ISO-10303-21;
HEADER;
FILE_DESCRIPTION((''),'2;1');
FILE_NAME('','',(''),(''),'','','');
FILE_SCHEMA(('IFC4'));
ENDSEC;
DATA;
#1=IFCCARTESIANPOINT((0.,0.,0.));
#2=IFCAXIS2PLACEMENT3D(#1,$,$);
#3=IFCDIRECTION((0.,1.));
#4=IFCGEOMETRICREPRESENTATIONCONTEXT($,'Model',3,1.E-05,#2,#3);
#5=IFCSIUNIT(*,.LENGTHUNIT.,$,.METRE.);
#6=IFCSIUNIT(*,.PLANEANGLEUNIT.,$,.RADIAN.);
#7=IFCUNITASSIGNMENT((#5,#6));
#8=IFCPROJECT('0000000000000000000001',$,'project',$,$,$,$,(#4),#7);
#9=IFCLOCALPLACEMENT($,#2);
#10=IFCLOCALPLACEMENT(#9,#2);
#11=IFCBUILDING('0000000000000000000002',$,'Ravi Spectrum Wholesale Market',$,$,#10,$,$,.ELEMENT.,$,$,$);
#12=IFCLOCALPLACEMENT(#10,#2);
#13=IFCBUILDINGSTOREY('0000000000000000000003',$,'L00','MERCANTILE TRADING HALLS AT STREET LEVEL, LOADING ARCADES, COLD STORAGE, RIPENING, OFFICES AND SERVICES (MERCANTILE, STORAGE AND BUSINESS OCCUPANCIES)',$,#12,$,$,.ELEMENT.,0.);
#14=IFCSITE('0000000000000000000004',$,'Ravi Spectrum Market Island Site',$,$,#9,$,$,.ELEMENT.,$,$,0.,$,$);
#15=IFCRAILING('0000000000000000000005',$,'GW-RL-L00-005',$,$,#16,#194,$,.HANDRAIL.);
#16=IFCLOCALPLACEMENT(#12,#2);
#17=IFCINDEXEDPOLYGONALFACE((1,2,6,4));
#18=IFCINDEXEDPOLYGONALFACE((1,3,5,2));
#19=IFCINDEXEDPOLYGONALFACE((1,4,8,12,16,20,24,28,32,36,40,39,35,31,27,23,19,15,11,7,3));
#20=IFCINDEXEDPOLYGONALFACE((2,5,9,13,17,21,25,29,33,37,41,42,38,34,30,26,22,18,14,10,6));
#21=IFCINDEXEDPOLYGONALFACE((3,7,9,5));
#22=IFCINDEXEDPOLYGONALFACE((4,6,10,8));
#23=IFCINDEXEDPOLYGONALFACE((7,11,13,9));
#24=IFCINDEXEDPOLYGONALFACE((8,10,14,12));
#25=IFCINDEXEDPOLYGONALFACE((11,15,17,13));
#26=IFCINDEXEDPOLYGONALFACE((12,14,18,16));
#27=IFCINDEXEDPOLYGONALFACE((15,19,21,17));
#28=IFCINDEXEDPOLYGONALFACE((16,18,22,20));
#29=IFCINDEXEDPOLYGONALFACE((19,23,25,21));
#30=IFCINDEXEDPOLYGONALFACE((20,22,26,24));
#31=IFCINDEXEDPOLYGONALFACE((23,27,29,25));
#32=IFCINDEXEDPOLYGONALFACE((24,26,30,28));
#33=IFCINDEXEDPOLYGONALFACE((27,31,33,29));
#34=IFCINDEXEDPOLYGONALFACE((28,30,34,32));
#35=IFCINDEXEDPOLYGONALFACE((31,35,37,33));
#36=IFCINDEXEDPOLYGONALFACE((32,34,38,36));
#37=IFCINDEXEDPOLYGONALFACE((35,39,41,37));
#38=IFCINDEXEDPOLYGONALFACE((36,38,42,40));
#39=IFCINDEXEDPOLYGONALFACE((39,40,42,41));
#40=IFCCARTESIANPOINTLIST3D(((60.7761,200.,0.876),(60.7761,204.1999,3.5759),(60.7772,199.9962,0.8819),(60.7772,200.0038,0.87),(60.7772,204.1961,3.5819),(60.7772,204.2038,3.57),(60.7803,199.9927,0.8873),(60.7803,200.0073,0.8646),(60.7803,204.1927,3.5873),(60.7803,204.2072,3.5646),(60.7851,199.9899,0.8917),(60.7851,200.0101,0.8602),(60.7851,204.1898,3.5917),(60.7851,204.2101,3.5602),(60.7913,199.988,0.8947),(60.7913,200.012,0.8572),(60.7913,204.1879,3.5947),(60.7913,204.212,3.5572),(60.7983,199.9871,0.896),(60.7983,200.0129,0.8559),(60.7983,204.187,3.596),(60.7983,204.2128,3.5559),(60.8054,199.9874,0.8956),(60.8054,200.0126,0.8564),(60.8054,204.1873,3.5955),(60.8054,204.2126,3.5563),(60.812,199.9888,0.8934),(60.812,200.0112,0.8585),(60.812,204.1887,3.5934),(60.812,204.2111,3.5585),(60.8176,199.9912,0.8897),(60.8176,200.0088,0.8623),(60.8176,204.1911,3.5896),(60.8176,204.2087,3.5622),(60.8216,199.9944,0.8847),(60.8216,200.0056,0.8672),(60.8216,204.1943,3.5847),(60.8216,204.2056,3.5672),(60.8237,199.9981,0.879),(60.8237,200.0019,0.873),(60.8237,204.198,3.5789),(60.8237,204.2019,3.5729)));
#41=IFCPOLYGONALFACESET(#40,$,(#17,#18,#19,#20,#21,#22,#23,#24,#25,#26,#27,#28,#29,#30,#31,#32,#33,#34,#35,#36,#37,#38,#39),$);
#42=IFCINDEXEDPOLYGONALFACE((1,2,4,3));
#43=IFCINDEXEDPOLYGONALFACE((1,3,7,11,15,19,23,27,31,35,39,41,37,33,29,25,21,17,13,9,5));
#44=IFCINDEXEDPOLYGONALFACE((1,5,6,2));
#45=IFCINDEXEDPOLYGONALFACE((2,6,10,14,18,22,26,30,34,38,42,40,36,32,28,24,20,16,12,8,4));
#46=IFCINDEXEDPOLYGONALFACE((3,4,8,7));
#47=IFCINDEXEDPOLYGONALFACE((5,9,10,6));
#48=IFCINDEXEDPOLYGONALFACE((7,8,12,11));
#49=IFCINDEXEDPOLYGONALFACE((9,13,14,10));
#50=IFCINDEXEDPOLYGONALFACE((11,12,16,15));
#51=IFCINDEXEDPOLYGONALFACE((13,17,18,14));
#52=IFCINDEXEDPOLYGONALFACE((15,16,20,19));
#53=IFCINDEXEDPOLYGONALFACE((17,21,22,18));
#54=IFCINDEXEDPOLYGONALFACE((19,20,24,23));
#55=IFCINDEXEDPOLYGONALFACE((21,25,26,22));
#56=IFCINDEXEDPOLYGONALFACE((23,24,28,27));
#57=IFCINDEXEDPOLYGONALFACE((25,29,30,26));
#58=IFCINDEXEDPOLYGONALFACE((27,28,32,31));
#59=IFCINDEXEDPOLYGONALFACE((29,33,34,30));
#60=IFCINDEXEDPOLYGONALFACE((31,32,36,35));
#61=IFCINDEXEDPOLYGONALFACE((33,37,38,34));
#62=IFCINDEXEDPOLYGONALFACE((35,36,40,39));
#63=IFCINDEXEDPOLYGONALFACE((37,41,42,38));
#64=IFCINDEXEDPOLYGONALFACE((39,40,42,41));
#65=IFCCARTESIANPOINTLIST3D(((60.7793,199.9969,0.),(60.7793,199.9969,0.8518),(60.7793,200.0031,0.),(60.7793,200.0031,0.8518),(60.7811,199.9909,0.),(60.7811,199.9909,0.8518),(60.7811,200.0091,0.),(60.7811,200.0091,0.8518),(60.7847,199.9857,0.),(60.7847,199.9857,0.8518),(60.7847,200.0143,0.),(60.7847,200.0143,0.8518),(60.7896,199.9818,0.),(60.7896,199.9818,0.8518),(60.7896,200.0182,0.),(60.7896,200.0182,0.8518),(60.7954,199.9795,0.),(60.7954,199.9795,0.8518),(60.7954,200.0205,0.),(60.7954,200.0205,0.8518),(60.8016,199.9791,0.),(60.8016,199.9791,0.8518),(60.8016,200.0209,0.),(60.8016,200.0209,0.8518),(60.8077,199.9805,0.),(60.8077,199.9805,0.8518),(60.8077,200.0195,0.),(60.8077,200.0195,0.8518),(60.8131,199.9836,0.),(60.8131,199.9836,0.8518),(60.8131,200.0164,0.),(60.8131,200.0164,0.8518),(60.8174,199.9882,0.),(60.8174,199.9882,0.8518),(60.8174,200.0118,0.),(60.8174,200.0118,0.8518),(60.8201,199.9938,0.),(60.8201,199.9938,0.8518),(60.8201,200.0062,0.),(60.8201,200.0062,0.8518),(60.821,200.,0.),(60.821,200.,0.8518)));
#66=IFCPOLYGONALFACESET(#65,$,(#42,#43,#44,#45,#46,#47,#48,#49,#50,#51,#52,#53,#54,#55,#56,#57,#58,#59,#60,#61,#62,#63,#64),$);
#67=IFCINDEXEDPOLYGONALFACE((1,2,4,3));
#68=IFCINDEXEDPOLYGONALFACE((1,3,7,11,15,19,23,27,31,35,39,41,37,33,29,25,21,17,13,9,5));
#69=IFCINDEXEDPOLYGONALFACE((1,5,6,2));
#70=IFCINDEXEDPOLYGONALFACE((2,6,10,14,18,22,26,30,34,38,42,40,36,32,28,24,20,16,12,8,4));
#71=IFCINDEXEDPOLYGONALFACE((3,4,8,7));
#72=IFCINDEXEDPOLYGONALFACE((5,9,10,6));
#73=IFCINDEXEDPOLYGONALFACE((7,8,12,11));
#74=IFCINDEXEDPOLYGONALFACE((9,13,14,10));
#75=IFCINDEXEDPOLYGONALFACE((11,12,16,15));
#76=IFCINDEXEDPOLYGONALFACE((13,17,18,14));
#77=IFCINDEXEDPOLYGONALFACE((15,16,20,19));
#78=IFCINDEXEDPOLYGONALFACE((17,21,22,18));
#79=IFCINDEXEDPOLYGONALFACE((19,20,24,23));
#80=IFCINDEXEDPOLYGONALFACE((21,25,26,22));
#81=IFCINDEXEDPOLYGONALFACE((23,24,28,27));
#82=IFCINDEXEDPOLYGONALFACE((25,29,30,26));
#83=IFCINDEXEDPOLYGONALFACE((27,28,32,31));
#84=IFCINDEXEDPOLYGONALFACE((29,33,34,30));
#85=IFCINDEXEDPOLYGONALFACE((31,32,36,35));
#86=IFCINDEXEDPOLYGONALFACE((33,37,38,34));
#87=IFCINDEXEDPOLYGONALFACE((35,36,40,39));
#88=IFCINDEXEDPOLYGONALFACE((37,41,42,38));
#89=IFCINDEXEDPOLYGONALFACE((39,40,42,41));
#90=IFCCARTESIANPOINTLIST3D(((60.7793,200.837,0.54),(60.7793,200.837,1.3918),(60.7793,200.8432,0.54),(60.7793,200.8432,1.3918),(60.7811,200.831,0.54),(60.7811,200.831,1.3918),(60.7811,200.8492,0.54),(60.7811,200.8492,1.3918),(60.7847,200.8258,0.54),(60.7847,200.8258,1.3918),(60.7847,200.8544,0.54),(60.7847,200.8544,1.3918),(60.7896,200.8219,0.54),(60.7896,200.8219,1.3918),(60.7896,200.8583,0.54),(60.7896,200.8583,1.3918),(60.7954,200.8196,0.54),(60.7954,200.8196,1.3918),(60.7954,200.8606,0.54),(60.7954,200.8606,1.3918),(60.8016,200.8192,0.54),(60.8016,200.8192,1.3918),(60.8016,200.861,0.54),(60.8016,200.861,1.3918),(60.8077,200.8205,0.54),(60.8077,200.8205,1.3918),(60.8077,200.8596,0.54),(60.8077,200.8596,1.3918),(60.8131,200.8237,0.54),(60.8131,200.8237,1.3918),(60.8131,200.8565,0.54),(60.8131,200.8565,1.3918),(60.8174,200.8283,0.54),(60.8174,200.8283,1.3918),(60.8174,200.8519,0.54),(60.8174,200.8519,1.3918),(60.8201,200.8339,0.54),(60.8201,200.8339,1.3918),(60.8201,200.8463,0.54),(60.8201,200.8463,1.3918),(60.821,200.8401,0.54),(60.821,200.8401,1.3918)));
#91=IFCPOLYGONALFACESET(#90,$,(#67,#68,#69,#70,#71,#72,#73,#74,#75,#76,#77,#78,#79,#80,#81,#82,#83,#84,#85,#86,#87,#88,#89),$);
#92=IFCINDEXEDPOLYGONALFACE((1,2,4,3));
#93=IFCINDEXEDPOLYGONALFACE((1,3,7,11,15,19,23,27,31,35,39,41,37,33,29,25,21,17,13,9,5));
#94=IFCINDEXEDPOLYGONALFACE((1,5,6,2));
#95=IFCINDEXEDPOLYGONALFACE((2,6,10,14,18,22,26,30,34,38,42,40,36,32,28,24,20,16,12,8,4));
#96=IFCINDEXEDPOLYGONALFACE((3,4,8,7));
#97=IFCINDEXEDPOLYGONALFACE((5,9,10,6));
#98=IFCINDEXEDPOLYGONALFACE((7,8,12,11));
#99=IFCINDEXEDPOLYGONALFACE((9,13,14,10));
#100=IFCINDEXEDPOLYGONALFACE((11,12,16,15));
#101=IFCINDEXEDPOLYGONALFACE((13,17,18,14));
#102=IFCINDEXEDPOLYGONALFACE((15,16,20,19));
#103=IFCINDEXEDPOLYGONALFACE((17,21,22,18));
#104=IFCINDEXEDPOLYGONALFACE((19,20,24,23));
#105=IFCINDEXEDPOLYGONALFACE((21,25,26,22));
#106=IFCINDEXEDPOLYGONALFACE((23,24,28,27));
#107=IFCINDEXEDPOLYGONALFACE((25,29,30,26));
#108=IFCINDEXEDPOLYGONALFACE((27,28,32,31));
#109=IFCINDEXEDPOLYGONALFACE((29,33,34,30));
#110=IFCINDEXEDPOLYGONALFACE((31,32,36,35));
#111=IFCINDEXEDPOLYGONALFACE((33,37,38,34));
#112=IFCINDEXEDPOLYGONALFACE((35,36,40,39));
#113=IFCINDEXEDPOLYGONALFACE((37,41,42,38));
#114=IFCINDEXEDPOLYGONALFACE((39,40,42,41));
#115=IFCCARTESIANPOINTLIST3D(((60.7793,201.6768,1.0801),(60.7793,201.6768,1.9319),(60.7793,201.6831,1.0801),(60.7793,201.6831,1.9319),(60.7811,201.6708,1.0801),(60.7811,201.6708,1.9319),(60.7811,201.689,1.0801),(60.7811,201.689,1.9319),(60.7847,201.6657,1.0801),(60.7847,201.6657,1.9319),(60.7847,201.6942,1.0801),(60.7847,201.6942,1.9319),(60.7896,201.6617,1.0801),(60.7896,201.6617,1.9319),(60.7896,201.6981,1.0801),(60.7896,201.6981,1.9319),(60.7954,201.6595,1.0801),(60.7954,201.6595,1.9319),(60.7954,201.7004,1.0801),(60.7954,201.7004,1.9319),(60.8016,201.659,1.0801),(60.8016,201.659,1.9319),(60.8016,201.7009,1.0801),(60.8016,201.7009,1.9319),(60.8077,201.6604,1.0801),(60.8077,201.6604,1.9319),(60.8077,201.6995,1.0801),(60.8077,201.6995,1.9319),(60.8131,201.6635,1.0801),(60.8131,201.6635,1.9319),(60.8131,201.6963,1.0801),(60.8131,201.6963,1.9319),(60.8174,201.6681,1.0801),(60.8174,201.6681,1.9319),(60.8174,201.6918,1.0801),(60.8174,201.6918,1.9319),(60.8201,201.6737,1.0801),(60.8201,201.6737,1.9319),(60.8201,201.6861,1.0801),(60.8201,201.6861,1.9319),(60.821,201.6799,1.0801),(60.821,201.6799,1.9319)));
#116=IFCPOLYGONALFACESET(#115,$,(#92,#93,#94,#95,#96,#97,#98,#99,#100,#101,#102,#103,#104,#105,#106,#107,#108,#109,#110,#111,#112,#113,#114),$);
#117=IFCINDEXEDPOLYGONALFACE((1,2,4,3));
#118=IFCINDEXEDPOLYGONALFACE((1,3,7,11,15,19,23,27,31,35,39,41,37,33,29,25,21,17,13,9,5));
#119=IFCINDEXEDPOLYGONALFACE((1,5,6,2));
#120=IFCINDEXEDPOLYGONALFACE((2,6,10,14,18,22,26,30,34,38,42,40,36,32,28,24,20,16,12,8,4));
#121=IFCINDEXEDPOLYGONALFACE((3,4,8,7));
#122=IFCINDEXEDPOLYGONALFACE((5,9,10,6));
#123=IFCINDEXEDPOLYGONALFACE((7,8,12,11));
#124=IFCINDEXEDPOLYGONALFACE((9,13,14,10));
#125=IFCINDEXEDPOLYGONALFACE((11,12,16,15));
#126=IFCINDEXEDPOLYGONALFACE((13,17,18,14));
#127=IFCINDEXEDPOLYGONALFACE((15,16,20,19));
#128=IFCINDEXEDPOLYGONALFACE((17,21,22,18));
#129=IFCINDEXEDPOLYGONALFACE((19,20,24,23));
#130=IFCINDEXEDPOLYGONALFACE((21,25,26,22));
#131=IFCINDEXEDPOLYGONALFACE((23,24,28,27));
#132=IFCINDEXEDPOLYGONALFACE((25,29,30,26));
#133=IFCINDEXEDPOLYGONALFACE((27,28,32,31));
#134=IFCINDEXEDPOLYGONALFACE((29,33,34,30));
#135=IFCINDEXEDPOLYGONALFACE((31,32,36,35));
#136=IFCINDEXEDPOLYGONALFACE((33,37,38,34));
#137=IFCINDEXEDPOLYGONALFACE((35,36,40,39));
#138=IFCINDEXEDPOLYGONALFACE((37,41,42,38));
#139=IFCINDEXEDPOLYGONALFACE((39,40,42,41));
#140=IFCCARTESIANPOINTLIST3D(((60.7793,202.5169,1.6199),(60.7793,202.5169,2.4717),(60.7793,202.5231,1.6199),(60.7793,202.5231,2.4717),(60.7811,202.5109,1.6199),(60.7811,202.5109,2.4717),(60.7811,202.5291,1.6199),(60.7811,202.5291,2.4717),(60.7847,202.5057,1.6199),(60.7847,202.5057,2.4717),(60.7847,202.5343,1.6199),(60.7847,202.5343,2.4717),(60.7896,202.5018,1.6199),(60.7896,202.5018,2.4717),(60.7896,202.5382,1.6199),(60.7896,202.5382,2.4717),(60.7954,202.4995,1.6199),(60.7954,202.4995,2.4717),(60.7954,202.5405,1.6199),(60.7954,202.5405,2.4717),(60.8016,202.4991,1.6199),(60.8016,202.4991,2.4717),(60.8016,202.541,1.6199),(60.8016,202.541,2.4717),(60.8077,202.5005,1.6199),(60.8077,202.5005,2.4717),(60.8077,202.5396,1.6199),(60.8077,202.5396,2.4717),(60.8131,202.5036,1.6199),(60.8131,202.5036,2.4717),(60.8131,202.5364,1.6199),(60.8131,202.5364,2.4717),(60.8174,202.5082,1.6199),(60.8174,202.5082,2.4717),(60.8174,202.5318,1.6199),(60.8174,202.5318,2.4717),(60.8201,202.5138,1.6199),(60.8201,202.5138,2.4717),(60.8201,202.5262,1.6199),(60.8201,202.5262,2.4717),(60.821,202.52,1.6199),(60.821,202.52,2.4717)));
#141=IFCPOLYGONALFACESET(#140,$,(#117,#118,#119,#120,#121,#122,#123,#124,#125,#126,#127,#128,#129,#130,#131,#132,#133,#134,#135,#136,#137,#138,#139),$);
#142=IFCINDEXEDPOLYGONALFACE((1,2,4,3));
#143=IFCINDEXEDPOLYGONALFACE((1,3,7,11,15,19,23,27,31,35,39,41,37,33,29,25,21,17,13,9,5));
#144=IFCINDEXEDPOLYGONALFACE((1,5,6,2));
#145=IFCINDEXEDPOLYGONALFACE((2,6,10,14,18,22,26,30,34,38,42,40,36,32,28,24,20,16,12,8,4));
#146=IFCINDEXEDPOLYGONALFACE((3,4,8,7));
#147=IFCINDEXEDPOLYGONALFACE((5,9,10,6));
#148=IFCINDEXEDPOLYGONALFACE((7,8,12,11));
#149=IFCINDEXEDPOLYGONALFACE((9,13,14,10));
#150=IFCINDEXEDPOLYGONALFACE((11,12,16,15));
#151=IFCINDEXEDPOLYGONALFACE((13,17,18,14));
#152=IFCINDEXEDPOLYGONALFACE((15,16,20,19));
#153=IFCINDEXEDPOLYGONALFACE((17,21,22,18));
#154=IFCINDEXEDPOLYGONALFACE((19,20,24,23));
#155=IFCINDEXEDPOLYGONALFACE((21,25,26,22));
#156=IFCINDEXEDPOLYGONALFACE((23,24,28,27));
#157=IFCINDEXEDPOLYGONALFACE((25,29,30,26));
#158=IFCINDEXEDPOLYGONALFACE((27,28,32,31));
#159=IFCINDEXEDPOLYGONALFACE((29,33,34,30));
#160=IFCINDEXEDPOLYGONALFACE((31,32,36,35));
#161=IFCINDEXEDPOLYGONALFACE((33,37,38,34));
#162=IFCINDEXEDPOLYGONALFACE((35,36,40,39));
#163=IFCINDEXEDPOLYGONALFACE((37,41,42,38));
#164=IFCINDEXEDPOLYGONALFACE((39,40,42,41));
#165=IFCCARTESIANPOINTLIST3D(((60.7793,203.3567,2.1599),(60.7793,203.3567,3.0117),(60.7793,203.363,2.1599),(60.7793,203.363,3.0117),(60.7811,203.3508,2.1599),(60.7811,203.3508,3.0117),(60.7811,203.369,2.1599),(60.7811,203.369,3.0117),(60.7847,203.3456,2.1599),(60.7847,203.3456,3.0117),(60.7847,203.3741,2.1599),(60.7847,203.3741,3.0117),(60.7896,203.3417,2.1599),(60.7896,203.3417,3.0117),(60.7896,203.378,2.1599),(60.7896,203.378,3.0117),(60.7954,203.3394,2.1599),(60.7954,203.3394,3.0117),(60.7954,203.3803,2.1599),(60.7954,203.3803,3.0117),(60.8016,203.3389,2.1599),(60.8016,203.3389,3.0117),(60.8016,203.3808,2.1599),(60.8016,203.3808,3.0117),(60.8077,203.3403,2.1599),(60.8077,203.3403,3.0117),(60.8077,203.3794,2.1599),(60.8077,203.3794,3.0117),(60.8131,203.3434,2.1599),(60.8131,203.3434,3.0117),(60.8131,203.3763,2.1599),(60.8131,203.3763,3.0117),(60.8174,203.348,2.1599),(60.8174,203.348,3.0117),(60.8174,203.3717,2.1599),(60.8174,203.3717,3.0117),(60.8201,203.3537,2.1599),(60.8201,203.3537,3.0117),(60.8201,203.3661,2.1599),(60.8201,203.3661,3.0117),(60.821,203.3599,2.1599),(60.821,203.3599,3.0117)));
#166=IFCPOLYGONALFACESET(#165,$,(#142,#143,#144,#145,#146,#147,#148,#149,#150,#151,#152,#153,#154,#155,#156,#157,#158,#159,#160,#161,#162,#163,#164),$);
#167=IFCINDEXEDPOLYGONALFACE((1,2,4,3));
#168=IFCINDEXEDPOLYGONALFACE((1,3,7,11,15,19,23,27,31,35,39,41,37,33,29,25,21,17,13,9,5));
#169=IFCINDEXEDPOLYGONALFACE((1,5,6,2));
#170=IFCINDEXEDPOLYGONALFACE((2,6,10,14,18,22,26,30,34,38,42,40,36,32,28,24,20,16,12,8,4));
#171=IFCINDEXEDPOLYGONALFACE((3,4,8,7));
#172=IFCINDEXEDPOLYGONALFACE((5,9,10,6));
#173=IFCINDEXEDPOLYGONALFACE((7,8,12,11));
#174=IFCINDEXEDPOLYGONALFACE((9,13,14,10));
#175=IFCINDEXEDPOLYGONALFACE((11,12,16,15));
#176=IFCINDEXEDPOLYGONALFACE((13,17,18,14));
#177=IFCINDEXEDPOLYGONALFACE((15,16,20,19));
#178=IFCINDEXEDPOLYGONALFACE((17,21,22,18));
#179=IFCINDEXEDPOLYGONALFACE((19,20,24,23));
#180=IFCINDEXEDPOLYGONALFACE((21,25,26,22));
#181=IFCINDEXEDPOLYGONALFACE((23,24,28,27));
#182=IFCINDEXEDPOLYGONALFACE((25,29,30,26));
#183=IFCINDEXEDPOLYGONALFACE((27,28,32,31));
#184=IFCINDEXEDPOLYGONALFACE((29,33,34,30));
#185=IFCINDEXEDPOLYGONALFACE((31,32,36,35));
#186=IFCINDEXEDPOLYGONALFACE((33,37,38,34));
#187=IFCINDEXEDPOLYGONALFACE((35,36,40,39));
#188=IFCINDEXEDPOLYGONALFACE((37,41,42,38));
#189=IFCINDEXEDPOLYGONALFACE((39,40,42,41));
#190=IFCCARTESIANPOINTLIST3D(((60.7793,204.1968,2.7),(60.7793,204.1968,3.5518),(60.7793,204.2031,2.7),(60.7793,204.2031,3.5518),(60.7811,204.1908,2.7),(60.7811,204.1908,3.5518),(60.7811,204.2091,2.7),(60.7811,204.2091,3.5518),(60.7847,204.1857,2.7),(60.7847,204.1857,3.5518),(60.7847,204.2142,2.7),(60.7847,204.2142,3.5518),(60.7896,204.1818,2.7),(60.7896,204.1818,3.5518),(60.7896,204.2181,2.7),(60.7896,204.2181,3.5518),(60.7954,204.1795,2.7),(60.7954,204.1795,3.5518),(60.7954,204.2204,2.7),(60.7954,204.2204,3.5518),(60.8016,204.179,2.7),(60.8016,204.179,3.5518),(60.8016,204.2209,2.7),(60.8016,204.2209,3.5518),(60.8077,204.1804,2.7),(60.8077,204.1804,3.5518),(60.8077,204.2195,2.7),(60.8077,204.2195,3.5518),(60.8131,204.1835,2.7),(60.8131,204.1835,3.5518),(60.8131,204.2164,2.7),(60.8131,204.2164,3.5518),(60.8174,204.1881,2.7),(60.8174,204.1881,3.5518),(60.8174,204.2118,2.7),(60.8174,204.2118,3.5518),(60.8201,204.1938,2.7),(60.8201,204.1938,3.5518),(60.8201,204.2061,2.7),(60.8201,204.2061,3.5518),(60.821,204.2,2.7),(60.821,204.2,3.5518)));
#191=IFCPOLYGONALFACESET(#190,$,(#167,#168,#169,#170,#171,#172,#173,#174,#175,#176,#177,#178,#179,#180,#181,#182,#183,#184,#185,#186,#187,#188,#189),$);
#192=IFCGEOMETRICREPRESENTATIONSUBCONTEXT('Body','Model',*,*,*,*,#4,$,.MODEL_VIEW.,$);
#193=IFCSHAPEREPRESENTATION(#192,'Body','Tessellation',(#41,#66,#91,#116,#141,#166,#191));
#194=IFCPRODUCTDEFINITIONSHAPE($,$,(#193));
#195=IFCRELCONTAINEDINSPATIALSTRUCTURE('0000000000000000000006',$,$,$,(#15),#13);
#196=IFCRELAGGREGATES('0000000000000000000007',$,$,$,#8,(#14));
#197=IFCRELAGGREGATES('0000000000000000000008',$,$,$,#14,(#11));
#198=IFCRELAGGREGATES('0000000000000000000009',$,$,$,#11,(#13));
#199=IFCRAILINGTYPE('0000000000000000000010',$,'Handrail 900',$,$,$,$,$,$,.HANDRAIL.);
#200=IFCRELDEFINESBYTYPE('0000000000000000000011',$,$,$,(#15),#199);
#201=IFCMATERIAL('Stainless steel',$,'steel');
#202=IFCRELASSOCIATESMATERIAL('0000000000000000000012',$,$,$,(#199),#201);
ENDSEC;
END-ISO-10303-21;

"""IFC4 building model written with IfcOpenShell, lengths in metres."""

from ifc_helpers import new_model, si_unit, direction, frame, origin, origin_2d, place, context, subcontext, project, spatial, circle, extrude, material, type_object, element, save


model = new_model("IFC4")

# Units and contexts
model_context = context("Model", 3, precision=1e-05, world=origin(), true_north=direction((0.0, 1.0)))
body_context = subcontext(model_context, "Body", "Model", "MODEL_VIEW")
ifc_project = project(units=[si_unit("LENGTHUNIT", "METRE"), si_unit("PLANEANGLEUNIT", "RADIAN")], contexts=[model_context])

# Site, building, storey
site_placement = place(None, origin())
site = spatial("IfcSite", under=ifc_project, at=site_placement, Name="Ravi Spectrum Market Island Site", CompositionType="ELEMENT", RefElevation=0.0)
building_placement = place(site_placement, origin())
building = spatial("IfcBuilding", under=site, at=building_placement, Name="Ravi Spectrum Wholesale Market", CompositionType="ELEMENT")
storey_placement = place(building_placement, origin())
storey = spatial("IfcBuildingStorey", under=building, at=storey_placement, Name="L00", Description="MERCANTILE TRADING HALLS AT STREET LEVEL, LOADING ARCADES, COLD STORAGE, RIPENING, OFFICES AND SERVICES (MERCANTILE, STORAGE AND BUSINESS OCCUPANCIES)", CompositionType="ELEMENT", Elevation=0.0)

# Railing
ifc_material_1 = material(Name="Stainless steel", Category="steel")
railing_type_1 = type_object("IfcRailingType", Name="Handrail 900", PredefinedType="HANDRAIL", material=ifc_material_1)
for number, where, name in (
    (1, (60.8, 200.0, 0.0), "GW-RL-L00-005"),
):
    element("IfcRailing", number, at=place(storey_placement, frame(where)), inside=storey, type_object=railing_type_1, Name=name, PredefinedType="HANDRAIL", context=body_context, shape_type="SweptSolid", body=[
        extrude(circle(Radius=0.0239, at=origin_2d()), frame((0.0, 0.0, 0.876), z_axis=(0.0, 0.84118, 0.540755), x_axis=(-1.0, 0.0, 0.0)), (0.0, 0.0, 1.0), 4.9929),
        extrude(circle(Radius=0.021, at=origin_2d()), origin(), (0.0, 0.0, 1.0), 0.8518),
        extrude(circle(Radius=0.021, at=origin_2d()), frame((0.0, 0.8401, 0.54)), (0.0, 0.0, 1.0), 0.8518),
        extrude(circle(Radius=0.021, at=origin_2d()), frame((0.0, 1.6799, 1.0801)), (0.0, 0.0, 1.0), 0.8518),
        extrude(circle(Radius=0.021, at=origin_2d()), frame((0.0, 2.52, 1.6199)), (0.0, 0.0, 1.0), 0.8518),
        extrude(circle(Radius=0.021, at=origin_2d()), frame((0.0, 3.3599, 2.1599)), (0.0, 0.0, 1.0), 0.8518),
        extrude(circle(Radius=0.021, at=origin_2d()), frame((0.0, 4.2, 2.7)), (0.0, 0.0, 1.0), 0.8518),
    ])

save(model, "model.ifc")
